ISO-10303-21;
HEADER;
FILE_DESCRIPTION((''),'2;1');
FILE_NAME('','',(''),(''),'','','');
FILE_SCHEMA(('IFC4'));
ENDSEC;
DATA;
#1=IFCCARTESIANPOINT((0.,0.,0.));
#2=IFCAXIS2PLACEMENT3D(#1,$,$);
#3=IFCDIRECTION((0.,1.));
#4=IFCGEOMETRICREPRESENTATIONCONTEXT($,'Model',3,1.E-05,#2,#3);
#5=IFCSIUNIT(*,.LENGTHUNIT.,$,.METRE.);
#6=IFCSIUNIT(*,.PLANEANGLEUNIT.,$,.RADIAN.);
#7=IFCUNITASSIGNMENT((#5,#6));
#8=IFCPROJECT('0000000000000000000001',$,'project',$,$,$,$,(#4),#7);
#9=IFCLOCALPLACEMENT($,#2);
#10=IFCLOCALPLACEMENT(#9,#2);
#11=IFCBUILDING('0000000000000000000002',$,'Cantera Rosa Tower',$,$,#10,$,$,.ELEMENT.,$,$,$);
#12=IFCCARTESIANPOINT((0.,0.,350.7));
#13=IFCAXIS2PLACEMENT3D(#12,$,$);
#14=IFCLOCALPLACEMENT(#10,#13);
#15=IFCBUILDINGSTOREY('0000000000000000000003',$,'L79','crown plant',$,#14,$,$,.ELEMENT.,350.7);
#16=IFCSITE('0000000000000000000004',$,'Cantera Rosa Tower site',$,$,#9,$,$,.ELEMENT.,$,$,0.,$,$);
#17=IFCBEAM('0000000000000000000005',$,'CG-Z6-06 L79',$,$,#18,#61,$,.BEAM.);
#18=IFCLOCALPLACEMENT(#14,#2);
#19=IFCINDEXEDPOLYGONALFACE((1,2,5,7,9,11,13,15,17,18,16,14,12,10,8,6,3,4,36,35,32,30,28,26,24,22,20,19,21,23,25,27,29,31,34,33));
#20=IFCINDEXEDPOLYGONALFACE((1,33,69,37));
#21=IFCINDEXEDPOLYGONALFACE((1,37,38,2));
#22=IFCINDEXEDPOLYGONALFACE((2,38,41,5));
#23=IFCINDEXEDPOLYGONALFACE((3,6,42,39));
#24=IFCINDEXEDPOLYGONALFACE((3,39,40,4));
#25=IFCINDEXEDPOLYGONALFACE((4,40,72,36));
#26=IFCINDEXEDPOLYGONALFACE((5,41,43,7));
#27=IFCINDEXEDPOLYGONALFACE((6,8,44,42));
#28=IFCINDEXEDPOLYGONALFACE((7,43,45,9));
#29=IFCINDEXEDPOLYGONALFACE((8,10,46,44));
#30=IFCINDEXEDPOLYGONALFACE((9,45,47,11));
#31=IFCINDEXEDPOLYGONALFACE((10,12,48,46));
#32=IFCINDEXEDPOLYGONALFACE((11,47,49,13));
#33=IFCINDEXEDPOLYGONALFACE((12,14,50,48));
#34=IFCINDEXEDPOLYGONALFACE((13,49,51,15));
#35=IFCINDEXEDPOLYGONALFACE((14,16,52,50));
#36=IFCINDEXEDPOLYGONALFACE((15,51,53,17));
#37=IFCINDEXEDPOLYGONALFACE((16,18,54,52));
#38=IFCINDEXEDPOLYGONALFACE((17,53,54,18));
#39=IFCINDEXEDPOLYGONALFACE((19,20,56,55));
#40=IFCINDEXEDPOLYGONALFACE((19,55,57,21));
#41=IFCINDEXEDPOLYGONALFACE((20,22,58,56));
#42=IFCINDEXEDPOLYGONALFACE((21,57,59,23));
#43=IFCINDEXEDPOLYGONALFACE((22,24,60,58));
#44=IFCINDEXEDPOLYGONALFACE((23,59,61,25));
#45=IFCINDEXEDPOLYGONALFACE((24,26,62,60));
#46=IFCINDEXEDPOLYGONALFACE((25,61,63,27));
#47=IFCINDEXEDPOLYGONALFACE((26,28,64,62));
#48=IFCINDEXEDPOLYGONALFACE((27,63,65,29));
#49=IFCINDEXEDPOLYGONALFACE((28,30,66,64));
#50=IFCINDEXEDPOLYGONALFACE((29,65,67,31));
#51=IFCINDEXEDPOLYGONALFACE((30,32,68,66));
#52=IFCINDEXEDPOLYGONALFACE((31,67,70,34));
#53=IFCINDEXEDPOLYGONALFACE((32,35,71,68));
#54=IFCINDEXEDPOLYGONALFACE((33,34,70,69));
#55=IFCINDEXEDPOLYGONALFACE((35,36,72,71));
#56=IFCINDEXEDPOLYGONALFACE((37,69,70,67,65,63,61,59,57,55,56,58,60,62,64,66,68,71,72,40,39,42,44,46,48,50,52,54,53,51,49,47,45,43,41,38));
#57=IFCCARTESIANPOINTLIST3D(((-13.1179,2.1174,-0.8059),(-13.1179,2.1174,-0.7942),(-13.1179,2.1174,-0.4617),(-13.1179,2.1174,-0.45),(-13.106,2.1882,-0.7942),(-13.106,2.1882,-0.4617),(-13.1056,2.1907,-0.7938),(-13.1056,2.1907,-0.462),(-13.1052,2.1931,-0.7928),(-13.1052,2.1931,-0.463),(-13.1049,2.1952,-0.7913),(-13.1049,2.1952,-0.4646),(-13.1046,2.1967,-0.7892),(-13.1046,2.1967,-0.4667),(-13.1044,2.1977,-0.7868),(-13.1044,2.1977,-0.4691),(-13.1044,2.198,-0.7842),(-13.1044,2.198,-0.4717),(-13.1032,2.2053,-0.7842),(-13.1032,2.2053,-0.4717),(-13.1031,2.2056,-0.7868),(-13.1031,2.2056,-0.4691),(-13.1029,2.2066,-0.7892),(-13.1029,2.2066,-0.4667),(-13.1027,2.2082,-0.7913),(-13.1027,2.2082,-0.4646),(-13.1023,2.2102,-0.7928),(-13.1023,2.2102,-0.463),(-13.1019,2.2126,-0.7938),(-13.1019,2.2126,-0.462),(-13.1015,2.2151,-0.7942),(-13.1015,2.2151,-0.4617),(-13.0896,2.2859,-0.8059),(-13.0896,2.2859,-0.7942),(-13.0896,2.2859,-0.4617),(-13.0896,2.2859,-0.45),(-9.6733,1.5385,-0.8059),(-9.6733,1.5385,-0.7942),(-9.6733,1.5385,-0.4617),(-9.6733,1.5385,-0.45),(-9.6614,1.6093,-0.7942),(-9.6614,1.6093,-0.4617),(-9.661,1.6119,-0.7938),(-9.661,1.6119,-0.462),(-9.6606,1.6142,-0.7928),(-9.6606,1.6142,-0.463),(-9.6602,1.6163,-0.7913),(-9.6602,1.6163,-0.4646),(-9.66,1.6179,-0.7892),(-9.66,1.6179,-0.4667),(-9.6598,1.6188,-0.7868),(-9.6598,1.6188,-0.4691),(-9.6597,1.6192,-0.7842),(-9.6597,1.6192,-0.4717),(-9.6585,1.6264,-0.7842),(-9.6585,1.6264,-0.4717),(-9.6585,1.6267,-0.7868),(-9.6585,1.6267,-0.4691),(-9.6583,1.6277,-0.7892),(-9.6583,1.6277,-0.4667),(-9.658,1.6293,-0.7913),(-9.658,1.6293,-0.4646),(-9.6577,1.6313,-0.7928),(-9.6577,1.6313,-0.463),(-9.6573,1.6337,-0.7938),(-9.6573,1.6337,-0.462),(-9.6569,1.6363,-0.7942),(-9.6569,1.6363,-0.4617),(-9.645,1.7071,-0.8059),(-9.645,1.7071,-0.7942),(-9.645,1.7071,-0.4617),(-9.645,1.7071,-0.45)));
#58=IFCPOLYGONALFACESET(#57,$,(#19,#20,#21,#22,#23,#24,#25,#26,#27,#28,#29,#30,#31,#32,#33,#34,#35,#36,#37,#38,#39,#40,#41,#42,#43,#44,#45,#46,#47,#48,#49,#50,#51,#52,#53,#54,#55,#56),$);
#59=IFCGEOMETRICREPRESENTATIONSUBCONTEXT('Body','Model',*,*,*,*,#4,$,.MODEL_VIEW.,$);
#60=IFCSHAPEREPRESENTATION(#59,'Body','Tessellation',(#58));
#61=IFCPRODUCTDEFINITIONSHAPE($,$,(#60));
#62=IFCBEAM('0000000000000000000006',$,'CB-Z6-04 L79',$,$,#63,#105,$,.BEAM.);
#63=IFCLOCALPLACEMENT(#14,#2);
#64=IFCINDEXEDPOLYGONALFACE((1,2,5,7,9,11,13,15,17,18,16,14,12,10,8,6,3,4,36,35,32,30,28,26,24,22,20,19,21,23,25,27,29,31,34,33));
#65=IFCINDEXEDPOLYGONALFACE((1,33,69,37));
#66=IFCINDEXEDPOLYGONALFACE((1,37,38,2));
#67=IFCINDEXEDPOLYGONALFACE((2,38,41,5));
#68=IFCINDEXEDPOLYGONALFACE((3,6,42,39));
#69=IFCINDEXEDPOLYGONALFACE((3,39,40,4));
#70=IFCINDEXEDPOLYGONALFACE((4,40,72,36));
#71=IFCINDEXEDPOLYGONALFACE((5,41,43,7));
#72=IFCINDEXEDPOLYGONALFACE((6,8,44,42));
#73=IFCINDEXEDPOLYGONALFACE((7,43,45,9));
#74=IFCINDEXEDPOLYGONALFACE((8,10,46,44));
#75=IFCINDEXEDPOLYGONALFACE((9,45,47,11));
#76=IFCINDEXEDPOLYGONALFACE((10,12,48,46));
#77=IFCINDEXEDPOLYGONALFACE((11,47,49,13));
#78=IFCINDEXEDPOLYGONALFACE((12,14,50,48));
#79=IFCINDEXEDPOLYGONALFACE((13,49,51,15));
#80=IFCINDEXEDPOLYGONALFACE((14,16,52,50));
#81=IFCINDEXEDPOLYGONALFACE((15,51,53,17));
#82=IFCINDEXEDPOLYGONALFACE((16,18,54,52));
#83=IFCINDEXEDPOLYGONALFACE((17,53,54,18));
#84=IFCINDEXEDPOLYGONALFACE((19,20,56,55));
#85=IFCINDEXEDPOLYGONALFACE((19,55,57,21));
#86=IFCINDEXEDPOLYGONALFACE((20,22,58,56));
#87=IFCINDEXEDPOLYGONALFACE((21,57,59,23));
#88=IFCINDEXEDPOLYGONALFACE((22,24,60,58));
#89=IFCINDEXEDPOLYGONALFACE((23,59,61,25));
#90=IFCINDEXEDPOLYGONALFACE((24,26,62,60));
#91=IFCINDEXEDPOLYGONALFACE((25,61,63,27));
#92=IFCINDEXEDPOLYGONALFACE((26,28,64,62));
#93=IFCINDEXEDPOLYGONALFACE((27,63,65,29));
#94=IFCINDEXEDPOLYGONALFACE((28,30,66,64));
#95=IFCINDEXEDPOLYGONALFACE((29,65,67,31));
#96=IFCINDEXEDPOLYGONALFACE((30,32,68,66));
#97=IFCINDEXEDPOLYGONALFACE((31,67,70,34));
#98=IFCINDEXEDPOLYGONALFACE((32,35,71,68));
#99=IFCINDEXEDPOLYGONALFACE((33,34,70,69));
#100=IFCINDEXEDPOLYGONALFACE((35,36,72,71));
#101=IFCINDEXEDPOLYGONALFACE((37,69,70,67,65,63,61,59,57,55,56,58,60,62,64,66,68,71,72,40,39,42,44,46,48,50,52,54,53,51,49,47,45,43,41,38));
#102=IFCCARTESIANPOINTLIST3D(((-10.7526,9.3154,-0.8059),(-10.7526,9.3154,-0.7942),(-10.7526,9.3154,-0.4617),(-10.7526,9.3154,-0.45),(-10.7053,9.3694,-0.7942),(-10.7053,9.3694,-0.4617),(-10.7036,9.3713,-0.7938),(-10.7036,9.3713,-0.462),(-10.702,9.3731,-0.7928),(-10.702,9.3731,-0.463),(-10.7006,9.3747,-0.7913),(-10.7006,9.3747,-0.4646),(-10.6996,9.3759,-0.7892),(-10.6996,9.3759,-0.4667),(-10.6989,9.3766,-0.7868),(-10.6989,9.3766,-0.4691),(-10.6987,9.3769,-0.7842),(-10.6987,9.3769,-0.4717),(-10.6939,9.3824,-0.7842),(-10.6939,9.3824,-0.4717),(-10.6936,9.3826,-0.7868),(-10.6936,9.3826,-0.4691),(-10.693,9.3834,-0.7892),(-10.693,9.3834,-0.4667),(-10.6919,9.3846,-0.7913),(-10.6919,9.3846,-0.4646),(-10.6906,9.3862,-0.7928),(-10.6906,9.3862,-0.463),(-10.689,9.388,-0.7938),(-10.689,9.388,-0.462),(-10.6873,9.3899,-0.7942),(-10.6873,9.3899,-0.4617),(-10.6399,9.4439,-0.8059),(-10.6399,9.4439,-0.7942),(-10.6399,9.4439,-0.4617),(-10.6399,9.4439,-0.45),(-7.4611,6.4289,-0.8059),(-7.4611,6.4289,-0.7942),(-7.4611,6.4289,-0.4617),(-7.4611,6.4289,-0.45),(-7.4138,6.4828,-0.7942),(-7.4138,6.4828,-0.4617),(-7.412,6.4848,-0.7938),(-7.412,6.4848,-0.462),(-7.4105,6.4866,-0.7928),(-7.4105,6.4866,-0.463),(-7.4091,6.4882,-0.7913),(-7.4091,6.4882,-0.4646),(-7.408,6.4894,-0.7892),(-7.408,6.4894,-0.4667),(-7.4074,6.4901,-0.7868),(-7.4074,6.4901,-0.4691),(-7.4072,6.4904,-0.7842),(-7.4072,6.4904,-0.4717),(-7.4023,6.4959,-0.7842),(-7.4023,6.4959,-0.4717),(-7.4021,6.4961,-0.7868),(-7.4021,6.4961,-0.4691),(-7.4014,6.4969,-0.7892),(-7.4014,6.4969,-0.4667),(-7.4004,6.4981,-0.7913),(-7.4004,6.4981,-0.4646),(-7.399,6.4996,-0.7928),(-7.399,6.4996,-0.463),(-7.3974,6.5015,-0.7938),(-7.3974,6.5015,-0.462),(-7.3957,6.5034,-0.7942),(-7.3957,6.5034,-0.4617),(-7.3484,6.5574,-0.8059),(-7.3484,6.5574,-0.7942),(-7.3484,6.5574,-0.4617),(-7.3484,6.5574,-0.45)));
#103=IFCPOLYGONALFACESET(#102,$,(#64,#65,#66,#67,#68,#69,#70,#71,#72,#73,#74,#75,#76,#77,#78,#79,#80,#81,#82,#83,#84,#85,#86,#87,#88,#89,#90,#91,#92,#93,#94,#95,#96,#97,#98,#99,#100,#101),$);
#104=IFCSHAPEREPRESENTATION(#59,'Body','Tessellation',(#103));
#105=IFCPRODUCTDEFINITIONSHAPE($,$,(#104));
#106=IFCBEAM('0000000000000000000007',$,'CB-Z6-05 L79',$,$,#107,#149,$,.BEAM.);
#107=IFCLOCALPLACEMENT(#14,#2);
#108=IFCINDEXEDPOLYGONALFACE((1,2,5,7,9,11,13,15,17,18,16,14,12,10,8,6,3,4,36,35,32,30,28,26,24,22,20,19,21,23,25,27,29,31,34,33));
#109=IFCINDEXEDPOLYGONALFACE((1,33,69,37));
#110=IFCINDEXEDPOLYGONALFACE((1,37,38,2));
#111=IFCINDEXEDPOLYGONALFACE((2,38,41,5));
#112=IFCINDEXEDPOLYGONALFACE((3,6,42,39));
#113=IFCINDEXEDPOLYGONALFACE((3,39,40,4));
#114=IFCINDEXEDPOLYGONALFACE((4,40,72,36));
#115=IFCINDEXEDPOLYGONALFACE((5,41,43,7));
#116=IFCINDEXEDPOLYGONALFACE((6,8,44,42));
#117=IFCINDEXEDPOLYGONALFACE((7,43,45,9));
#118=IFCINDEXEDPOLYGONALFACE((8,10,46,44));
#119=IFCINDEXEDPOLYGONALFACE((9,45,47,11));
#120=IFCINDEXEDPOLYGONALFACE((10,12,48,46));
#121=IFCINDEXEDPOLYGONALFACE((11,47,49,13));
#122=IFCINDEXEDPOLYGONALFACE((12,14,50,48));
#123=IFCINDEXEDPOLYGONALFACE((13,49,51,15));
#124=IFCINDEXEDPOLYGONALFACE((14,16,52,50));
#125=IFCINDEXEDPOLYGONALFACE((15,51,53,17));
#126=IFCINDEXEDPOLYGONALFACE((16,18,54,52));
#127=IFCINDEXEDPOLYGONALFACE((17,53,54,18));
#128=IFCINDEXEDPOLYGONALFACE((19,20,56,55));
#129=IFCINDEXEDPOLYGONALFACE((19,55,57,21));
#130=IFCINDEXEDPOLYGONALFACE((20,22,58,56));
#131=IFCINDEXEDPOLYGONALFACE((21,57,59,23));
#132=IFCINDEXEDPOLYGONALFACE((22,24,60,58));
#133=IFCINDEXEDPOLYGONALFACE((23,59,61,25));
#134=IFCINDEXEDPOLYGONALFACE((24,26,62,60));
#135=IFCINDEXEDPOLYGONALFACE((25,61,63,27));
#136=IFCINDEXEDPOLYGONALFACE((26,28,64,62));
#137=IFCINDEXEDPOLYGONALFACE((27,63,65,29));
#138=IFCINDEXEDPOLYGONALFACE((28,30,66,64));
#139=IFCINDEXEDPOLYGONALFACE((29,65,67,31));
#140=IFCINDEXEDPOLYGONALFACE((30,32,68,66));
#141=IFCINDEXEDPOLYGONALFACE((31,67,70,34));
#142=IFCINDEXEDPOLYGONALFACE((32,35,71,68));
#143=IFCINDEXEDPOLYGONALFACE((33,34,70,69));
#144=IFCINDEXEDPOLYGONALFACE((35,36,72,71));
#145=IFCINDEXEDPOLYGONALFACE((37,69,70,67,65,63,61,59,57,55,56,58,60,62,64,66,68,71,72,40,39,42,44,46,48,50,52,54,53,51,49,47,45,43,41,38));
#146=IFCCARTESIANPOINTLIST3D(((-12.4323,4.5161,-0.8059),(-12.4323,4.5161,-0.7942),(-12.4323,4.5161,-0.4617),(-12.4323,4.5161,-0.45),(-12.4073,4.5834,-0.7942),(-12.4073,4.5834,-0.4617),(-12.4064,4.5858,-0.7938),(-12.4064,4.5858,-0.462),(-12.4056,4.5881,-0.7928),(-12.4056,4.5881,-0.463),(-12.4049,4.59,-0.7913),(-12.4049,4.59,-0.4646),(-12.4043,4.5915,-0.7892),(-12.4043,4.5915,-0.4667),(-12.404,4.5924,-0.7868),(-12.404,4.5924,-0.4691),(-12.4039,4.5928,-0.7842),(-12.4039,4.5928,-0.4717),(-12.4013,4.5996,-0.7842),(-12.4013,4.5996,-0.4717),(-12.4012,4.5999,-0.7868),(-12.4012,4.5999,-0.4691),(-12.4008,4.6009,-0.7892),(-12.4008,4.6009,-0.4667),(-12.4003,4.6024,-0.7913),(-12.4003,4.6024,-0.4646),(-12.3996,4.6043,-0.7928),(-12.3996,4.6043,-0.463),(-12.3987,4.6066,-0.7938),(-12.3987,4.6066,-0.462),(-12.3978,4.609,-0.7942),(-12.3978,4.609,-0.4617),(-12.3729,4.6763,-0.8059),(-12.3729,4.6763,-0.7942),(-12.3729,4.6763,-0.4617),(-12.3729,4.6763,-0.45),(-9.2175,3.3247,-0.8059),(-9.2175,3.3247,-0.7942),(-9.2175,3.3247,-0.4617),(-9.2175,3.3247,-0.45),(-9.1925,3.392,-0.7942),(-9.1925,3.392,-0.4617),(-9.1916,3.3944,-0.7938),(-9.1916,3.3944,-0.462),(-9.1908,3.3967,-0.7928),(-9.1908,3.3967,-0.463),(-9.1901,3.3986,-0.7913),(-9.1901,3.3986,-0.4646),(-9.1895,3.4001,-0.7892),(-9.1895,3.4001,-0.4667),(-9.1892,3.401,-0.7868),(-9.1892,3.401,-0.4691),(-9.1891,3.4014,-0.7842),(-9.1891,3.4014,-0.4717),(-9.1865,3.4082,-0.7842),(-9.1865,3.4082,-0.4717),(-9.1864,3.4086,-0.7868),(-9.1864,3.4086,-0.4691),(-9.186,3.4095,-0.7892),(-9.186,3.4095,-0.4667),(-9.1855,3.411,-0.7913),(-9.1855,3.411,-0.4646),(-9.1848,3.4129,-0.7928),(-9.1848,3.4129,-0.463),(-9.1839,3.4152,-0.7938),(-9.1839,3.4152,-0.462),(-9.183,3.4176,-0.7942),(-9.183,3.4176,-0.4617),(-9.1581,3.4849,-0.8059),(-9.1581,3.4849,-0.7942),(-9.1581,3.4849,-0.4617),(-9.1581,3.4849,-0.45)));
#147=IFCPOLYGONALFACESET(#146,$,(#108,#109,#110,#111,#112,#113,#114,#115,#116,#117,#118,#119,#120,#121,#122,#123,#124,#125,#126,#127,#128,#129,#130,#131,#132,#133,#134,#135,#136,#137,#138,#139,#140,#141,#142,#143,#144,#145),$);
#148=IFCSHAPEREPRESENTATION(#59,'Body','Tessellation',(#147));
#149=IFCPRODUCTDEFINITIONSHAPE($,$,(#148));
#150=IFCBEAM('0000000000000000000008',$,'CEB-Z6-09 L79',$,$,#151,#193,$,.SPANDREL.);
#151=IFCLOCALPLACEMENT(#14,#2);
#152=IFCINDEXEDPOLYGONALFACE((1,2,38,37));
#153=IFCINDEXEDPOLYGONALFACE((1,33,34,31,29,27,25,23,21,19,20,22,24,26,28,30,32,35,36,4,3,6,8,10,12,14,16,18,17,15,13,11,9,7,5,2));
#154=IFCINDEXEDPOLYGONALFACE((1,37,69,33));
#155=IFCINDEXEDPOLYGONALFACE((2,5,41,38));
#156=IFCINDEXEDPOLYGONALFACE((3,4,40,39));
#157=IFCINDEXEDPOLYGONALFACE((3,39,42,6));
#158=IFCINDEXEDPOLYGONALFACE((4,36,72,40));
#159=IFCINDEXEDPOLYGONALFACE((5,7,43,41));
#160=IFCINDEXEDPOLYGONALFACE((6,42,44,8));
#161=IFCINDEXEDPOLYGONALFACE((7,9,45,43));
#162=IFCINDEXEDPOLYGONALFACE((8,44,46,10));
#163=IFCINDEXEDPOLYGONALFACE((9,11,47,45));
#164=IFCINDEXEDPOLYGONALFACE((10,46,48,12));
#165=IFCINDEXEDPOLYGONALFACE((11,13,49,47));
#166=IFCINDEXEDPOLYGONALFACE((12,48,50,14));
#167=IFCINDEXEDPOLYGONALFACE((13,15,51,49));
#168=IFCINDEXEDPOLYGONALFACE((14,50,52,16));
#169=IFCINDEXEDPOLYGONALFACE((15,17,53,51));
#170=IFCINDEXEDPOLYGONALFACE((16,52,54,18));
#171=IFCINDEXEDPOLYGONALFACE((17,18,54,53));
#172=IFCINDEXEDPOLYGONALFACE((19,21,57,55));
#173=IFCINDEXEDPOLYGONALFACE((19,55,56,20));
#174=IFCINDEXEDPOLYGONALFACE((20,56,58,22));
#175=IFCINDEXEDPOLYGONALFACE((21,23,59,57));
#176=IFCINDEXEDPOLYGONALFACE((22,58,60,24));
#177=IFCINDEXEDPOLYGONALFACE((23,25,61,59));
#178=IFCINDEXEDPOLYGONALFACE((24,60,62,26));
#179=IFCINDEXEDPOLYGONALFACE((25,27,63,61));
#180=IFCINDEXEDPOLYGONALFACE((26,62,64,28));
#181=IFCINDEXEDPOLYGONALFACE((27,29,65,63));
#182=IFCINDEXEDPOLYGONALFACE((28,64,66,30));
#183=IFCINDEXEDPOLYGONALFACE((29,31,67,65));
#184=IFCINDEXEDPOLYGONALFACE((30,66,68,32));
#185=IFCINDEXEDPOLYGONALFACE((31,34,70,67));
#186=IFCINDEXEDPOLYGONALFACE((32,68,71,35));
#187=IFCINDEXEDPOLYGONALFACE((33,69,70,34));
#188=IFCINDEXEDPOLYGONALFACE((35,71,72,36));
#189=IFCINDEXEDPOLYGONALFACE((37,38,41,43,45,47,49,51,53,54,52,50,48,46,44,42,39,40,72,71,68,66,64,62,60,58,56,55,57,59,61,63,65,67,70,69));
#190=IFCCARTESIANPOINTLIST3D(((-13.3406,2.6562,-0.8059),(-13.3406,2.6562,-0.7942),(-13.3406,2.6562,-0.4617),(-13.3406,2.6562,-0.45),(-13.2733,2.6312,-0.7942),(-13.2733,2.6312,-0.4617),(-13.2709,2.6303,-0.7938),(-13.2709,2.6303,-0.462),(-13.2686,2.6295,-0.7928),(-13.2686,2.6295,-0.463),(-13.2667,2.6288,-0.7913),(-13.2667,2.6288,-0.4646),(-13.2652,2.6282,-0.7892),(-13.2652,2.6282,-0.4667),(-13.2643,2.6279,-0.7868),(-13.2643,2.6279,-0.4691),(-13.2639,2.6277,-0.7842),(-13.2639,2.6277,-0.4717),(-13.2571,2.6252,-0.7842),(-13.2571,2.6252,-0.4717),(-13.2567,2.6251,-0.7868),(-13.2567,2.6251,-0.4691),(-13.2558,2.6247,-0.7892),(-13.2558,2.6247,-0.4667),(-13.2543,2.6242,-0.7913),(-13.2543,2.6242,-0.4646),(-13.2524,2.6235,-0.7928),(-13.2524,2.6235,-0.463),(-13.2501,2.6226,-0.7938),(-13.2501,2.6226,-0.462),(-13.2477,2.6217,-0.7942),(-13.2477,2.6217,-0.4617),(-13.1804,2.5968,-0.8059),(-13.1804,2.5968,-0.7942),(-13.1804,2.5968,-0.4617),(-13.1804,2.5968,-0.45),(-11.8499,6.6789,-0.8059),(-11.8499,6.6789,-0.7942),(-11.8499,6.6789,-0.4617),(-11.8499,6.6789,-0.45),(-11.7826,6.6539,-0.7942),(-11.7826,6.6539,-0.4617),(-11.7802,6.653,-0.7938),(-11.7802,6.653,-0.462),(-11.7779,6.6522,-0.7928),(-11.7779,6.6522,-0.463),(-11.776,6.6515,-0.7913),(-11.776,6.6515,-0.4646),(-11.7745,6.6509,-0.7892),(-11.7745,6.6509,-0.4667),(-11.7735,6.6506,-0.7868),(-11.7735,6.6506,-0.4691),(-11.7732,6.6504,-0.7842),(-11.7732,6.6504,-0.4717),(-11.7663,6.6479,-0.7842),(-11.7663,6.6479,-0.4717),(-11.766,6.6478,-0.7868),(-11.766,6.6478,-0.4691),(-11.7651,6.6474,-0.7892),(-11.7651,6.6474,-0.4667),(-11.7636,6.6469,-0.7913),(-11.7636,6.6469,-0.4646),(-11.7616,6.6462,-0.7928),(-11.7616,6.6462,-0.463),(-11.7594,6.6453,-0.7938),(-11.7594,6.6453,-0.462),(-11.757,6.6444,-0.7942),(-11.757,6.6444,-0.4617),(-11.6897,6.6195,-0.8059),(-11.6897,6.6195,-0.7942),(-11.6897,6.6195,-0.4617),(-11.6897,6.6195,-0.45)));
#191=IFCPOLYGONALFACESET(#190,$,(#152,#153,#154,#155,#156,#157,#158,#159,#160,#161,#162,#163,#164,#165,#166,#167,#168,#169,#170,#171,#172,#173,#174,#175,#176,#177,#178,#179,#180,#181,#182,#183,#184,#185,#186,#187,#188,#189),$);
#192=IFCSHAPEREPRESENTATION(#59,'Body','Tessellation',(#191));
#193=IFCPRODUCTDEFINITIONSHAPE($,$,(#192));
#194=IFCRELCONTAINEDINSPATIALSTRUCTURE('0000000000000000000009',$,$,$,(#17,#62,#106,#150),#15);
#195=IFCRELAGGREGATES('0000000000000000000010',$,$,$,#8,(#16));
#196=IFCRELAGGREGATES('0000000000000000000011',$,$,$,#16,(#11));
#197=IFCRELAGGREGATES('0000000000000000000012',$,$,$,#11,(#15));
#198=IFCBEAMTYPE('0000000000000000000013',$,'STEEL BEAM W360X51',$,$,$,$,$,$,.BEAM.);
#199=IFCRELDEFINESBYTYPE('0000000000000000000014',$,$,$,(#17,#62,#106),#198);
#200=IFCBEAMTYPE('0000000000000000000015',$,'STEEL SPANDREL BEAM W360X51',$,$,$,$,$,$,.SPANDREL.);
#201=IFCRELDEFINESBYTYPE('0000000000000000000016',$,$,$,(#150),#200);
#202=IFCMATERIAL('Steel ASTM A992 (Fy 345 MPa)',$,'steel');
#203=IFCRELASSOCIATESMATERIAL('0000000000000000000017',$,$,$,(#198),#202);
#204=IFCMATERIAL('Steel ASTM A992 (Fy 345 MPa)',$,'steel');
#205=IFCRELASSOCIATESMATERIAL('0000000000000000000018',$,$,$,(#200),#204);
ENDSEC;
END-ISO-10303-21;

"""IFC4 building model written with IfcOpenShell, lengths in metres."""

from ifc_helpers import new_model, si_unit, direction, frame, origin, origin_2d, place, context, subcontext, project, spatial, i_section, extrude, material, material_profile, profile_set, type_object, element, save


model = new_model("IFC4")

# Units and contexts
model_context = context("Model", 3, precision=1e-05, world=origin(), true_north=direction((0.0, 1.0)))
body_context = subcontext(model_context, "Body", "Model", "MODEL_VIEW")
ifc_project = project(units=[si_unit("LENGTHUNIT", "METRE"), si_unit("PLANEANGLEUNIT", "RADIAN")], contexts=[model_context])

# Site, building, storey
site_placement = place(None, origin())
site = spatial("IfcSite", under=ifc_project, at=site_placement, Name="Cantera Rosa Tower site", CompositionType="ELEMENT", RefElevation=0.0)
building_placement = place(site_placement, origin())
building = spatial("IfcBuilding", under=site, at=building_placement, Name="Cantera Rosa Tower", CompositionType="ELEMENT")
storey_placement = place(building_placement, frame((0.0, 0.0, 350.7)))
storey = spatial("IfcBuildingStorey", under=building, at=storey_placement, Name="L79", Description="crown plant", CompositionType="ELEMENT", Elevation=350.7)

# Beams
ifc_material_1 = material(Name="Steel ASTM A992 (Fy 345 MPa)", Category="steel")
ifc_material_profile_1 = material_profile(ifc_material_1, i_section(OverallWidth=0.1709, OverallDepth=0.356, WebThickness=0.0073, FlangeThickness=0.0117, FilletRadius=0.01, at=origin_2d()), Name="W360X51")
ifc_profile_set_1 = profile_set([ifc_material_profile_1], Name="Steel ASTM A992 (Fy 345 MPa)")
beam_type_1 = type_object("IfcBeamType", Name="STEEL BEAM W360X51", PredefinedType="BEAM", material=ifc_profile_set_1)
beam_1_placement = place(storey_placement, frame((-13.1038, 2.2017, -0.6279), z_axis=(0.986172, -0.165725, 0.0), x_axis=(0.165725, 0.986172, 0.0)))
element("IfcBeam", 1, at=beam_1_placement, inside=storey, type_object=beam_type_1, Name="CG-Z6-06 L79", PredefinedType="BEAM", context=body_context, shape_type="SweptSolid", body=[
    extrude(i_section(OverallWidth=0.1709, OverallDepth=0.356, WebThickness=0.0073, FlangeThickness=0.0117, FilletRadius=0.01, at=origin_2d()), origin(), (0.0, 0.0, 1.0), 3.4929),
])
beam_2_placement = place(storey_placement, frame((-10.6963, 9.3796, -0.6279), z_axis=(0.751851, -0.659333, 0.0), x_axis=(0.659333, 0.751851, 0.0)))
element("IfcBeam", 2, at=beam_2_placement, inside=storey, type_object=beam_type_1, Name="CB-Z6-04 L79", PredefinedType="BEAM", context=body_context, shape_type="SweptSolid", body=[
    extrude(i_section(OverallWidth=0.1709, OverallDepth=0.356, WebThickness=0.0073, FlangeThickness=0.0117, FilletRadius=0.01, at=origin_2d()), origin(), (0.0, 0.0, 1.0), 4.3779),
])
beam_3_placement = place(storey_placement, frame((-12.4026, 4.5962, -0.6279), z_axis=(0.93768, -0.3475, 0.0), x_axis=(0.3475, 0.93768, 0.0)))
element("IfcBeam", 3, at=beam_3_placement, inside=storey, type_object=beam_type_1, Name="CB-Z6-05 L79", PredefinedType="BEAM", context=body_context, shape_type="SweptSolid", body=[
    extrude(i_section(OverallWidth=0.1709, OverallDepth=0.356, WebThickness=0.0073, FlangeThickness=0.0117, FilletRadius=0.01, at=origin_2d()), origin(), (0.0, 0.0, 1.0), 3.4285),
])
ifc_material_2 = material(Name="Steel ASTM A992 (Fy 345 MPa)", Category="steel")
ifc_material_profile_2 = material_profile(ifc_material_2, i_section(OverallWidth=0.1709, OverallDepth=0.356, WebThickness=0.0073, FlangeThickness=0.0117, FilletRadius=0.01, at=origin_2d()), Name="W360X51")
ifc_profile_set_2 = profile_set([ifc_material_profile_2], Name="Steel ASTM A992 (Fy 345 MPa)")
beam_type_2 = type_object("IfcBeamType", Name="STEEL SPANDREL BEAM W360X51", PredefinedType="SPANDREL", material=ifc_profile_set_2)
beam_4_placement = place(storey_placement, frame((-11.7698, 6.6492, -0.6279), z_axis=(-0.347485, -0.937686, 0.0), x_axis=(0.937686, -0.347485, 0.0)))
element("IfcBeam", 4, at=beam_4_placement, inside=storey, type_object=beam_type_2, Name="CEB-Z6-09 L79", PredefinedType="SPANDREL", context=body_context, shape_type="SweptSolid", body=[
    extrude(i_section(OverallWidth=0.1709, OverallDepth=0.356, WebThickness=0.0073, FlangeThickness=0.0117, FilletRadius=0.01, at=origin_2d()), origin(), (0.0, 0.0, 1.0), 4.29),
])

save(model, "model.ifc")
